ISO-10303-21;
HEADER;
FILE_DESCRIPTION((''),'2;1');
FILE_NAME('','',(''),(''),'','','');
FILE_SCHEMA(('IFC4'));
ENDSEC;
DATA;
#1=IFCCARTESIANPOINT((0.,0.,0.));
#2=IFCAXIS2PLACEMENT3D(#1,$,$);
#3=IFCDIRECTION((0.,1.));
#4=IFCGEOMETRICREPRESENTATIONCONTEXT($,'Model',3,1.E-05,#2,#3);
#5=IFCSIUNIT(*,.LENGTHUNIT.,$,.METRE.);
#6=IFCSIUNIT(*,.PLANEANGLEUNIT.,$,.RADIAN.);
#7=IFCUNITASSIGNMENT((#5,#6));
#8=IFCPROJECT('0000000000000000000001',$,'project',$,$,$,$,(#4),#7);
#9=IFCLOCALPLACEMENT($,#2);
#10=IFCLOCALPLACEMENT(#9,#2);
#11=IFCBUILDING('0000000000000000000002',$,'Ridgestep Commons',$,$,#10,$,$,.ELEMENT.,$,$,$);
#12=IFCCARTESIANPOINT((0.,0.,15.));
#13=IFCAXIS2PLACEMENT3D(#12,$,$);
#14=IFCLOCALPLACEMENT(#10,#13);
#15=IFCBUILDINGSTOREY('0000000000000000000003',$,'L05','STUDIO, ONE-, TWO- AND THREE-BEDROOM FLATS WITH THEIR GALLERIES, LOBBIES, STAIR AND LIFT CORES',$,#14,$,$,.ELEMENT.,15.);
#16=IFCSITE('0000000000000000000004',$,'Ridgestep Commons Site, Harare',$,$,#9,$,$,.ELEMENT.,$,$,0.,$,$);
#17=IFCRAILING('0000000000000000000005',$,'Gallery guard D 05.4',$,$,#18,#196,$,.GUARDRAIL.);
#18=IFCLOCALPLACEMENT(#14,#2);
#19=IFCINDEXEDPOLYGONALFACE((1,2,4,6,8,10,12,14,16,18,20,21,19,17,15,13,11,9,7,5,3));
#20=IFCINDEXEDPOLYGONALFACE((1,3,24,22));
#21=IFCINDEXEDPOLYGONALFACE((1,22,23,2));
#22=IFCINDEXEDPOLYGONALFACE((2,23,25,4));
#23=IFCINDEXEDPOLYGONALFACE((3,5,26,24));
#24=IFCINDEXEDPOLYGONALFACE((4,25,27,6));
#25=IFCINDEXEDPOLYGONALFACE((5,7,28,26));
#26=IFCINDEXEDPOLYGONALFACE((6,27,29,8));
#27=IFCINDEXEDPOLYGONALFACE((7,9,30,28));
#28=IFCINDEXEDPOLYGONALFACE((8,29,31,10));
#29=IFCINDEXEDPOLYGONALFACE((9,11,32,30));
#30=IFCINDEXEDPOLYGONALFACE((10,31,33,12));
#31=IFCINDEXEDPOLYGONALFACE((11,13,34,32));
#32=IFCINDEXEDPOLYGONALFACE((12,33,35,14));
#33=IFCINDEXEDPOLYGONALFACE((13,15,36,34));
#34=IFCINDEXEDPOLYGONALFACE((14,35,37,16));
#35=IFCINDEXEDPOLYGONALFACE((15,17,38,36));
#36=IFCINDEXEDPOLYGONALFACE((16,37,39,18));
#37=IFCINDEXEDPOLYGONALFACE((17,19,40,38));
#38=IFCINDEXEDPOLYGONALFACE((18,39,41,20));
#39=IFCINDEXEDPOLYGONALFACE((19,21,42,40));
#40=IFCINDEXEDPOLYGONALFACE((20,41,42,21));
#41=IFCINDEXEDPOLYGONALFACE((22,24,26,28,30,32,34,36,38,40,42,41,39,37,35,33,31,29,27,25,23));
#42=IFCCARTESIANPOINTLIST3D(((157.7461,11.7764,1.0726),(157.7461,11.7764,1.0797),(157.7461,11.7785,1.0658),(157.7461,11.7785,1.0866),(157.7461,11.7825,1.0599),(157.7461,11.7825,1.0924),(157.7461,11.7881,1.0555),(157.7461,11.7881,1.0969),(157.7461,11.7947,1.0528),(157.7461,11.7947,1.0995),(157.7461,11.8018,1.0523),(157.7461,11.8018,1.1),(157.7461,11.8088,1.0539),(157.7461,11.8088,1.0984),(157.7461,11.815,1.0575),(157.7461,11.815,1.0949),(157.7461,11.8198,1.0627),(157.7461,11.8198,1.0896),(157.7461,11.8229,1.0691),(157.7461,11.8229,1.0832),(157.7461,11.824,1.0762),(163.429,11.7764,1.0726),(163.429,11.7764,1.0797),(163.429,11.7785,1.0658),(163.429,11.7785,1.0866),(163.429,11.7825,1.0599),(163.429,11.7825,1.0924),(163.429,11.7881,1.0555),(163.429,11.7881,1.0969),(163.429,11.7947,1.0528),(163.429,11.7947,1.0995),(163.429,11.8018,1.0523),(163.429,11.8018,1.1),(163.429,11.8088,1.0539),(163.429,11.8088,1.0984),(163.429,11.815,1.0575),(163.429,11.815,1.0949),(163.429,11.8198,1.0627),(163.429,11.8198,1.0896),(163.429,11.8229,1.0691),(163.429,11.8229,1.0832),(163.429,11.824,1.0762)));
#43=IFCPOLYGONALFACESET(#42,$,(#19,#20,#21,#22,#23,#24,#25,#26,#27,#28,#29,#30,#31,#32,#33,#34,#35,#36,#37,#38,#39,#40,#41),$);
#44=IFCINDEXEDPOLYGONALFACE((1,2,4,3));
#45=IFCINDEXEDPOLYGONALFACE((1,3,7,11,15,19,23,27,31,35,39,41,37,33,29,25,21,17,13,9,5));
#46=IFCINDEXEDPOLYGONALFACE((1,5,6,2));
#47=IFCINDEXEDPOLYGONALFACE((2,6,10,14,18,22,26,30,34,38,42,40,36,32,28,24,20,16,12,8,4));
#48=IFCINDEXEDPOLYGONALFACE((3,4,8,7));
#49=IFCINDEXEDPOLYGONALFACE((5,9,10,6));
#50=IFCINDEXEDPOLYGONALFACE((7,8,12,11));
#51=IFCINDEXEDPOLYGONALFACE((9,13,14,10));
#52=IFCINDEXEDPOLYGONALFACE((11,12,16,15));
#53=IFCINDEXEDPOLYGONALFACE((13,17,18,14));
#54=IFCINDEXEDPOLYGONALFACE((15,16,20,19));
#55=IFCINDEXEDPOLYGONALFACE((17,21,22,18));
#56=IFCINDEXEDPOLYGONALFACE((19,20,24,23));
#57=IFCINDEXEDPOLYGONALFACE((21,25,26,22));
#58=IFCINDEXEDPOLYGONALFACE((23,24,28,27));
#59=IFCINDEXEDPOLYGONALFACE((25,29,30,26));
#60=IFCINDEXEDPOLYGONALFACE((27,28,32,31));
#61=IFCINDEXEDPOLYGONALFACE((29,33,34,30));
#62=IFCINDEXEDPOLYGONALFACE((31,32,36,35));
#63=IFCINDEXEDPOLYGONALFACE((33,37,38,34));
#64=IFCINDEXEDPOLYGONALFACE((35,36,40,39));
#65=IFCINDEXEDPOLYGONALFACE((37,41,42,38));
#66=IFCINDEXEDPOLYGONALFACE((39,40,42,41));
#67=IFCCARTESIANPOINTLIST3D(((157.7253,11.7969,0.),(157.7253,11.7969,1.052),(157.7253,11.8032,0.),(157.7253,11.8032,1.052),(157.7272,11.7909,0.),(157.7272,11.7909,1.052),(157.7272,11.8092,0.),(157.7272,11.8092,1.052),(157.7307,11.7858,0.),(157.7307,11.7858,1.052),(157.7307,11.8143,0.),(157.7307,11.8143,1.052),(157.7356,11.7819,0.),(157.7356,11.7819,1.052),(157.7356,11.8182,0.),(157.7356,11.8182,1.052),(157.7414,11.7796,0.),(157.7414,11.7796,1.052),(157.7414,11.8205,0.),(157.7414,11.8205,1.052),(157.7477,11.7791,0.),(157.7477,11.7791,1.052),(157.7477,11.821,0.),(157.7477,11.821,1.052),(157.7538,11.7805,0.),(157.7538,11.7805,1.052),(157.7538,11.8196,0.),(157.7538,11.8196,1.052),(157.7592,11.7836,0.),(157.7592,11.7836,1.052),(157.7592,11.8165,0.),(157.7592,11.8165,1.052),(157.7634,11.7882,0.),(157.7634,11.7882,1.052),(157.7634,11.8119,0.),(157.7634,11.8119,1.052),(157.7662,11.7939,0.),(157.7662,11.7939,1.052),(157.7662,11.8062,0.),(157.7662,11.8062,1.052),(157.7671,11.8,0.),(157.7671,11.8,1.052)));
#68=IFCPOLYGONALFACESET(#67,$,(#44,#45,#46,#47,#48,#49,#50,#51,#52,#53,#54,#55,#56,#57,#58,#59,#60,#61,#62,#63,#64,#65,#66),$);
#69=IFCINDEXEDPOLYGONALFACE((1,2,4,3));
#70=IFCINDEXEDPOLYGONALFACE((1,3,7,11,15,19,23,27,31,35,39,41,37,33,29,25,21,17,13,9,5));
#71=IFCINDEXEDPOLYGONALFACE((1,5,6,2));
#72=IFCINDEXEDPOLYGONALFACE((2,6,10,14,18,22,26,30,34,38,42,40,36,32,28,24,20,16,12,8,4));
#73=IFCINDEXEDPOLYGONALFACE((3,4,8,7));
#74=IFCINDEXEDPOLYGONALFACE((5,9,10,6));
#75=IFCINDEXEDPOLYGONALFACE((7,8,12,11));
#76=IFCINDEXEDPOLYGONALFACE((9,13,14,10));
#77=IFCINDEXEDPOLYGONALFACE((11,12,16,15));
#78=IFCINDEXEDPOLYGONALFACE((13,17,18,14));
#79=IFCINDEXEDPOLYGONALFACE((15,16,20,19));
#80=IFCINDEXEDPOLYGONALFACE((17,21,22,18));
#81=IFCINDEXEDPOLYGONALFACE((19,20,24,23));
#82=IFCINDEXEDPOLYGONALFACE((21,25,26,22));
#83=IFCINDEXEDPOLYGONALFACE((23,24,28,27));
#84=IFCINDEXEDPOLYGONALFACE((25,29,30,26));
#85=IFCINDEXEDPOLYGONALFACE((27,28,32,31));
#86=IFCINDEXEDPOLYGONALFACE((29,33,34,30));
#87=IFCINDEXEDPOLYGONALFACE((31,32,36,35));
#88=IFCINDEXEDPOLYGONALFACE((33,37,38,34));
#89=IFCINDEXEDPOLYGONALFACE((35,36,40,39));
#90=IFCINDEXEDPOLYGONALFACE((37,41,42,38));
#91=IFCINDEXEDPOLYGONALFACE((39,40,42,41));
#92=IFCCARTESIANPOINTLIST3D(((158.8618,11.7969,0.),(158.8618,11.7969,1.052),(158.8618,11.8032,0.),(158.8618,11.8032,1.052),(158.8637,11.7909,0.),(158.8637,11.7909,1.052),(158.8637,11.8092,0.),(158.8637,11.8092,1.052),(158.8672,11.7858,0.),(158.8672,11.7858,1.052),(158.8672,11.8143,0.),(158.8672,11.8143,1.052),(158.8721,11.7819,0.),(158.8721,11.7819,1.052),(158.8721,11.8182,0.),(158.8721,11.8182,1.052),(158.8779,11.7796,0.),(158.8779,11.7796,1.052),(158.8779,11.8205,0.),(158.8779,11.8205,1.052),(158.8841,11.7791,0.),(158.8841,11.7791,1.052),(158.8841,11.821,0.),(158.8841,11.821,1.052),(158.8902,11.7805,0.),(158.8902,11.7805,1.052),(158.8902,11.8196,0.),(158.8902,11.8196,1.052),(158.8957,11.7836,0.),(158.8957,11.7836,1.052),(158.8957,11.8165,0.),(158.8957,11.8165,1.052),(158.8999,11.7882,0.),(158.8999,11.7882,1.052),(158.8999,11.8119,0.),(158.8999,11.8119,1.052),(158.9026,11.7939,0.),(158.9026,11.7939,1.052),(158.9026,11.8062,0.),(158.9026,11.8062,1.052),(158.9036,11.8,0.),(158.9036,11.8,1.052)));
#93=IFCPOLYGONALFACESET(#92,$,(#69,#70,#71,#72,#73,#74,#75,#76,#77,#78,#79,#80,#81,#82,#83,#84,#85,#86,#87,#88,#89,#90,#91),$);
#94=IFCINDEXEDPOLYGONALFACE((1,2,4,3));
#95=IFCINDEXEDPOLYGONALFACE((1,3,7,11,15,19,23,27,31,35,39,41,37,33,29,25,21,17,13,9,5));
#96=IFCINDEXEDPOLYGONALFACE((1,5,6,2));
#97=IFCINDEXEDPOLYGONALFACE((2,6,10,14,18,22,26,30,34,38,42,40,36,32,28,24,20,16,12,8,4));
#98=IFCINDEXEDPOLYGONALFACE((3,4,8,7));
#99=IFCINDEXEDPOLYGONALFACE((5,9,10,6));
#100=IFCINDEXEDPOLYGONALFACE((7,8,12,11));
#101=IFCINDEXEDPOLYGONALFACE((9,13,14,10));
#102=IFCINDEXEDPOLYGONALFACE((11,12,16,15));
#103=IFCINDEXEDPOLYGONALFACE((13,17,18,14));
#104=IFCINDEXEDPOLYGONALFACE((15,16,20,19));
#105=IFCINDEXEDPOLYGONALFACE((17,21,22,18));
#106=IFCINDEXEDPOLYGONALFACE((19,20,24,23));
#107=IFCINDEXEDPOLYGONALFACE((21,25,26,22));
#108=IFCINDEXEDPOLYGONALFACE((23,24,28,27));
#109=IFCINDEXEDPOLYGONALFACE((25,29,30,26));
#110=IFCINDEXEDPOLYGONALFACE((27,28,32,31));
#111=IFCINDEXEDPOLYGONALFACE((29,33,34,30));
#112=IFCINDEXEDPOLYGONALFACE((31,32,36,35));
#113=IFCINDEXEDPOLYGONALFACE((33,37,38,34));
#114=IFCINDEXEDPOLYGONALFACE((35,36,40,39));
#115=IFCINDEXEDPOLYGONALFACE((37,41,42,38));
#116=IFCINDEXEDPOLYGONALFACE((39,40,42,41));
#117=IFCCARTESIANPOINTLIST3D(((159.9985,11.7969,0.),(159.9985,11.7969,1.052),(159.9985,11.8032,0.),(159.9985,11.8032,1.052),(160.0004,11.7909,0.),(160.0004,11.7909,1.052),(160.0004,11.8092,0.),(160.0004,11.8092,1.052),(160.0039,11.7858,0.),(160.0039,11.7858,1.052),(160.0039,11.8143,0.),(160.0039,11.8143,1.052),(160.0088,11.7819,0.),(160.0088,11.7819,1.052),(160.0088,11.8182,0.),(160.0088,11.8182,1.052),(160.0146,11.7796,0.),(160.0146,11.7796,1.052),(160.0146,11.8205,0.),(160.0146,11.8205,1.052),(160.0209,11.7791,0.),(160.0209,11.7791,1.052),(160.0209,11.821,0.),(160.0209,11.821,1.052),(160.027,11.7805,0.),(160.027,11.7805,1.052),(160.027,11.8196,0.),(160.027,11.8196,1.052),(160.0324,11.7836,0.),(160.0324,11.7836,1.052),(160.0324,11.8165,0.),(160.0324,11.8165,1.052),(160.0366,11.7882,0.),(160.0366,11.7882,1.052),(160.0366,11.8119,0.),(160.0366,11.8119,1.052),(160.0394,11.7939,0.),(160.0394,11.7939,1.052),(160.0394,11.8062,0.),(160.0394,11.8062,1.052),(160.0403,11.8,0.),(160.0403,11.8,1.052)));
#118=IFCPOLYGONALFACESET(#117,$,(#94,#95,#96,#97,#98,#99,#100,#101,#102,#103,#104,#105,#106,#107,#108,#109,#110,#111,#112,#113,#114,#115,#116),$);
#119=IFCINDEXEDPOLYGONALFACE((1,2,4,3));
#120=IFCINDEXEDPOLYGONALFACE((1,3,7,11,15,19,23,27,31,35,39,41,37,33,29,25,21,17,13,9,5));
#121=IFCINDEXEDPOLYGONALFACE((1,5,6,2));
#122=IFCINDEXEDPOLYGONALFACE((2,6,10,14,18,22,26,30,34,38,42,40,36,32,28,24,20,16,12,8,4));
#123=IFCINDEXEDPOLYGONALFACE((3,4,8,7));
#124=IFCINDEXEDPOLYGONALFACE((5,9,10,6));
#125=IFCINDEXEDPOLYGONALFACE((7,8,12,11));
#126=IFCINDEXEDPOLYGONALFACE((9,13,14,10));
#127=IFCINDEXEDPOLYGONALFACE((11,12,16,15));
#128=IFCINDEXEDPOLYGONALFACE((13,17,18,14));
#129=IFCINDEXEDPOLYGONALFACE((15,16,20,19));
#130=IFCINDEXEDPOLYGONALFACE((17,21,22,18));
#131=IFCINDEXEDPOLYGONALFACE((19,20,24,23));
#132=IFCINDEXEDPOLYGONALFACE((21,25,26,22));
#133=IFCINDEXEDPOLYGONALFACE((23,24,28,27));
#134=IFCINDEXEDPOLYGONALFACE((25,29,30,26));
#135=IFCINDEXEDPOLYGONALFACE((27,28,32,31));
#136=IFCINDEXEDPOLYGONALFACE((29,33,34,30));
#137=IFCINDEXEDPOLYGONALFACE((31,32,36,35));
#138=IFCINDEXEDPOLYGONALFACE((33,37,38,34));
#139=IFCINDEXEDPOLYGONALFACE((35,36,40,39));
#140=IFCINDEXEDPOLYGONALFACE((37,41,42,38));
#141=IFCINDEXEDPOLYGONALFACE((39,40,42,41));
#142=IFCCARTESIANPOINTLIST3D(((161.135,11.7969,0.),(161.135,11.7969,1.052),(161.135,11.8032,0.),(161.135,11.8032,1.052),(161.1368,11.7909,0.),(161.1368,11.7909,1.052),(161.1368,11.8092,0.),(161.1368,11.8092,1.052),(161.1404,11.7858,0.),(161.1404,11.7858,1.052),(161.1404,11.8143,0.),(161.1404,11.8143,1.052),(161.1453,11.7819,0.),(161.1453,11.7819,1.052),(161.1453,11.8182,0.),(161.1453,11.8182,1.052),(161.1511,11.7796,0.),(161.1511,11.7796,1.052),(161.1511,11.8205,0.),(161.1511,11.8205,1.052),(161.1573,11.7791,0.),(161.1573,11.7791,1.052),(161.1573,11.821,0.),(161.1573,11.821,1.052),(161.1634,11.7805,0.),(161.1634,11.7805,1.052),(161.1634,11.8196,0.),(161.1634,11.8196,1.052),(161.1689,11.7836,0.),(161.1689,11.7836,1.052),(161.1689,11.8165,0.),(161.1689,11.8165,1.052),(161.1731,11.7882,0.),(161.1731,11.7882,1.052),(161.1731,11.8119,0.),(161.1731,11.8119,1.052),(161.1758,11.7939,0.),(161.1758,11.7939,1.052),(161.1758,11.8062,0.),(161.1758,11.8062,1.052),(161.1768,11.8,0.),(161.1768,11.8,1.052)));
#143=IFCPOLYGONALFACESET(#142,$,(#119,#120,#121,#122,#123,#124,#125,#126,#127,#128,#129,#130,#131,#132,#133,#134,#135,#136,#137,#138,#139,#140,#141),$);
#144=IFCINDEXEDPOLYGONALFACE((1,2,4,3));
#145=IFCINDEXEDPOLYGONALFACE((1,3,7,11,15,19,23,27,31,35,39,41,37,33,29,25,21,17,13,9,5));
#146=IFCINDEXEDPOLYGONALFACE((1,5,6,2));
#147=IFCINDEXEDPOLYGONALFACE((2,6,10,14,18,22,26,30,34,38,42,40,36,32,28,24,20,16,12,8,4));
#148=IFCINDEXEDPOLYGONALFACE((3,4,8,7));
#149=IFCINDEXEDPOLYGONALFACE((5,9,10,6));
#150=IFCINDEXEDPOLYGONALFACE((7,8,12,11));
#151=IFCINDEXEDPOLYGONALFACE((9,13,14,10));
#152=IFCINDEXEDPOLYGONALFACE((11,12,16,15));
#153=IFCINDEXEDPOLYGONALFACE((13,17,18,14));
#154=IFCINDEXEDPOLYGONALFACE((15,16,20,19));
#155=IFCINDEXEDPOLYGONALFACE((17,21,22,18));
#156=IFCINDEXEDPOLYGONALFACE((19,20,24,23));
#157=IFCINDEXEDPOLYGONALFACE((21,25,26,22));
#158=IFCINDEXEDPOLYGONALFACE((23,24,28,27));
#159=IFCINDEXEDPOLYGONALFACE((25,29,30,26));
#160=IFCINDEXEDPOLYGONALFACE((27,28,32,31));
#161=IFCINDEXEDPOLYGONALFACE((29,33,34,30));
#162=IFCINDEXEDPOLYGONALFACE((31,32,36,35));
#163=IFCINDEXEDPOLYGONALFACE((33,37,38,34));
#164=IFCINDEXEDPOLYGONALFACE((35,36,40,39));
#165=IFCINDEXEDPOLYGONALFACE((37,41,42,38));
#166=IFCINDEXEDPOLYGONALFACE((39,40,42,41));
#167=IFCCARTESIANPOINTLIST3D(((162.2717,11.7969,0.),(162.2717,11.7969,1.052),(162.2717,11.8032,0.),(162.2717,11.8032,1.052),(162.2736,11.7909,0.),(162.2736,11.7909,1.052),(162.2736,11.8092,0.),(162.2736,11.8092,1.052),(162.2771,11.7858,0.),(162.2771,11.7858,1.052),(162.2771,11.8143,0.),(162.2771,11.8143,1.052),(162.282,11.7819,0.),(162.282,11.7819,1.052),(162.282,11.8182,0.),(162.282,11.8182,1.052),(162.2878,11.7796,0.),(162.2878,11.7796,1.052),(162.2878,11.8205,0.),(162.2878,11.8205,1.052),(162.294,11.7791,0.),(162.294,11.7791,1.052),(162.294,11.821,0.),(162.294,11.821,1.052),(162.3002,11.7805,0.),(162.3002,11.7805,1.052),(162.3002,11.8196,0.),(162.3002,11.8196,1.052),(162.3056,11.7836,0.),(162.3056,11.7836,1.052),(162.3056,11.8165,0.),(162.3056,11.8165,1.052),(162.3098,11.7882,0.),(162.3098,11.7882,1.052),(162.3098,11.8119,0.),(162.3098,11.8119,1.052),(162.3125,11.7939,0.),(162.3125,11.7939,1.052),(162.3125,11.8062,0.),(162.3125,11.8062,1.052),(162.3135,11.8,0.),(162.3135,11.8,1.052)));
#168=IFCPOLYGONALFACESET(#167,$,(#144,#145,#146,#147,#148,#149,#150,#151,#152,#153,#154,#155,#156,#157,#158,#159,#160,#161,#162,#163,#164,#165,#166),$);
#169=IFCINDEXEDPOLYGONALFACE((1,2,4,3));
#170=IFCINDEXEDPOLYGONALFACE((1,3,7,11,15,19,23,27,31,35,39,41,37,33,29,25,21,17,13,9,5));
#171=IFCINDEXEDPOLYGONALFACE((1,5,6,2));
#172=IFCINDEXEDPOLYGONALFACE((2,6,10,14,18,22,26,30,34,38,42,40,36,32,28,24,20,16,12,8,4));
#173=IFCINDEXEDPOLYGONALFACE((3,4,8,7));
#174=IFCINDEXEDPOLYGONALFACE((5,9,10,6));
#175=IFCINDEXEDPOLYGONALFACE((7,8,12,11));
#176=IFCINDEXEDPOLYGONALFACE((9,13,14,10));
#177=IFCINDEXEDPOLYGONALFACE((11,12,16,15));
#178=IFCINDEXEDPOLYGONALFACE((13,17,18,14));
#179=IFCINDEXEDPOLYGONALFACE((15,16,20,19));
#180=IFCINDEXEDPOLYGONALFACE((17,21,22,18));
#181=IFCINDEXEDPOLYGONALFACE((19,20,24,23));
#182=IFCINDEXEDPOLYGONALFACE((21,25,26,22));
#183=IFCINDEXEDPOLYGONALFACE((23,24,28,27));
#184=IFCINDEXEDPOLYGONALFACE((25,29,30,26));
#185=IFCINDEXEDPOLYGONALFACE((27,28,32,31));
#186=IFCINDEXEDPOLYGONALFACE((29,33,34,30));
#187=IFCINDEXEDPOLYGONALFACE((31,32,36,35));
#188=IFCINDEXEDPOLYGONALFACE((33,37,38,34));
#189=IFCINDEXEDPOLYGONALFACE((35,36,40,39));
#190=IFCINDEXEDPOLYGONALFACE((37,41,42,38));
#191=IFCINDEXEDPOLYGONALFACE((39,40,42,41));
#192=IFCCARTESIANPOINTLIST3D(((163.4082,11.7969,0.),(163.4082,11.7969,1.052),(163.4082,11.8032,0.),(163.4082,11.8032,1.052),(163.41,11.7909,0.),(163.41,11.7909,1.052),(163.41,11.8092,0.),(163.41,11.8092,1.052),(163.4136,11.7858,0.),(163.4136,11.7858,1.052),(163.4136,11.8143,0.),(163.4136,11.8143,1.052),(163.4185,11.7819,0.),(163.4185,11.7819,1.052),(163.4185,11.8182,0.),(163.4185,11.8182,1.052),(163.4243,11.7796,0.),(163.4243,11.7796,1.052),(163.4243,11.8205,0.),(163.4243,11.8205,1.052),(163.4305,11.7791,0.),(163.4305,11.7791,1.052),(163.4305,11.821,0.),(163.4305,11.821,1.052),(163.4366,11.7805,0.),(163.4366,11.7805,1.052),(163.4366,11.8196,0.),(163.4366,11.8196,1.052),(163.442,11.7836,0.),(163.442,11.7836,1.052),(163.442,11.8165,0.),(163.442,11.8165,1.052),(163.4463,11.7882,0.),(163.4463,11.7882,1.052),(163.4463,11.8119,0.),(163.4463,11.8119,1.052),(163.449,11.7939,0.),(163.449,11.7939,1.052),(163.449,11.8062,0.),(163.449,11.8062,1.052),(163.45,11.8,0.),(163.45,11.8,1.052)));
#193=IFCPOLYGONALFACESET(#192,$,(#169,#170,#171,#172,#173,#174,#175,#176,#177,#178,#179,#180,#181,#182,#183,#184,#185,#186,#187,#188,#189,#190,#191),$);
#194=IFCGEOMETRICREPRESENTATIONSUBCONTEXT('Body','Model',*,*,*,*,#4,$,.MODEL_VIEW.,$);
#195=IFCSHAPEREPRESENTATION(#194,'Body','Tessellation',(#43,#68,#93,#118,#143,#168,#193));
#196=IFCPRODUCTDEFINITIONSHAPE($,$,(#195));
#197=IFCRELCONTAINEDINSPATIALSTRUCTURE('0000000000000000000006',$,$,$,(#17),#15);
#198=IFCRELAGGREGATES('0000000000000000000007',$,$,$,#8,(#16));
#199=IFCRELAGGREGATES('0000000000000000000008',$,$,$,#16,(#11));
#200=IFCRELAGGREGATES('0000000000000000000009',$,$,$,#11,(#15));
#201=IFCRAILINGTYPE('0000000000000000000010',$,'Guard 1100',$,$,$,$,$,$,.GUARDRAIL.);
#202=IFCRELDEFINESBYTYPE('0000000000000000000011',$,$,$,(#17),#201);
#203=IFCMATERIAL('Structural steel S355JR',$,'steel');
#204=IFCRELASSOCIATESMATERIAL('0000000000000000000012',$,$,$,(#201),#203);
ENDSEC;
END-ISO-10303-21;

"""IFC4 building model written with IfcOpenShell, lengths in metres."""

from ifc_helpers import new_model, si_unit, direction, frame, origin, origin_2d, place, context, subcontext, project, spatial, circle, extrude, material, type_object, element, save


model = new_model("IFC4")

# Units and contexts
model_context = context("Model", 3, precision=1e-05, world=origin(), true_north=direction((0.0, 1.0)))
body_context = subcontext(model_context, "Body", "Model", "MODEL_VIEW")
ifc_project = project(units=[si_unit("LENGTHUNIT", "METRE"), si_unit("PLANEANGLEUNIT", "RADIAN")], contexts=[model_context])

# Site, building, storey
site_placement = place(None, origin())
site = spatial("IfcSite", under=ifc_project, at=site_placement, Name="Ridgestep Commons Site, Harare", CompositionType="ELEMENT", RefElevation=0.0)
building_placement = place(site_placement, origin())
building = spatial("IfcBuilding", under=site, at=building_placement, Name="Ridgestep Commons", CompositionType="ELEMENT")
storey_placement = place(building_placement, frame((0.0, 0.0, 15.0)))
storey = spatial("IfcBuildingStorey", under=building, at=storey_placement, Name="L05", Description="STUDIO, ONE-, TWO- AND THREE-BEDROOM FLATS WITH THEIR GALLERIES, LOBBIES, STAIR AND LIFT CORES", CompositionType="ELEMENT", Elevation=15.0)

# Railing
ifc_material_1 = material(Name="Structural steel S355JR", Category="steel")
railing_type_1 = type_object("IfcRailingType", Name="Guard 1100", PredefinedType="GUARDRAIL", material=ifc_material_1)
railing_1_placement = place(storey_placement, frame((157.7461, 11.8, 0.0)))
element("IfcRailing", 1, at=railing_1_placement, inside=storey, type_object=railing_type_1, Name="Gallery guard D 05.4", PredefinedType="GUARDRAIL", context=body_context, shape_type="SweptSolid", body=[
    extrude(circle(Radius=0.0239, at=origin_2d()), frame((0.0, 0.0, 1.0762), z_axis=(1.0, 0.0, 0.0), x_axis=(0.0, 1.0, 0.0)), (0.0, 0.0, 1.0), 5.6829),
    extrude(circle(Radius=0.021, at=origin_2d()), origin(), (0.0, 0.0, 1.0), 1.052),
    extrude(circle(Radius=0.021, at=origin_2d()), frame((1.1365, 0.0, 0.0)), (0.0, 0.0, 1.0), 1.052),
    extrude(circle(Radius=0.021, at=origin_2d()), frame((2.2732, 0.0, 0.0)), (0.0, 0.0, 1.0), 1.052),
    extrude(circle(Radius=0.021, at=origin_2d()), frame((3.4097, 0.0, 0.0)), (0.0, 0.0, 1.0), 1.052),
    extrude(circle(Radius=0.021, at=origin_2d()), frame((4.5464, 0.0, 0.0)), (0.0, 0.0, 1.0), 1.052),
    extrude(circle(Radius=0.021, at=origin_2d()), frame((5.6829, 0.0, 0.0)), (0.0, 0.0, 1.0), 1.052),
])

save(model, "model.ifc")
